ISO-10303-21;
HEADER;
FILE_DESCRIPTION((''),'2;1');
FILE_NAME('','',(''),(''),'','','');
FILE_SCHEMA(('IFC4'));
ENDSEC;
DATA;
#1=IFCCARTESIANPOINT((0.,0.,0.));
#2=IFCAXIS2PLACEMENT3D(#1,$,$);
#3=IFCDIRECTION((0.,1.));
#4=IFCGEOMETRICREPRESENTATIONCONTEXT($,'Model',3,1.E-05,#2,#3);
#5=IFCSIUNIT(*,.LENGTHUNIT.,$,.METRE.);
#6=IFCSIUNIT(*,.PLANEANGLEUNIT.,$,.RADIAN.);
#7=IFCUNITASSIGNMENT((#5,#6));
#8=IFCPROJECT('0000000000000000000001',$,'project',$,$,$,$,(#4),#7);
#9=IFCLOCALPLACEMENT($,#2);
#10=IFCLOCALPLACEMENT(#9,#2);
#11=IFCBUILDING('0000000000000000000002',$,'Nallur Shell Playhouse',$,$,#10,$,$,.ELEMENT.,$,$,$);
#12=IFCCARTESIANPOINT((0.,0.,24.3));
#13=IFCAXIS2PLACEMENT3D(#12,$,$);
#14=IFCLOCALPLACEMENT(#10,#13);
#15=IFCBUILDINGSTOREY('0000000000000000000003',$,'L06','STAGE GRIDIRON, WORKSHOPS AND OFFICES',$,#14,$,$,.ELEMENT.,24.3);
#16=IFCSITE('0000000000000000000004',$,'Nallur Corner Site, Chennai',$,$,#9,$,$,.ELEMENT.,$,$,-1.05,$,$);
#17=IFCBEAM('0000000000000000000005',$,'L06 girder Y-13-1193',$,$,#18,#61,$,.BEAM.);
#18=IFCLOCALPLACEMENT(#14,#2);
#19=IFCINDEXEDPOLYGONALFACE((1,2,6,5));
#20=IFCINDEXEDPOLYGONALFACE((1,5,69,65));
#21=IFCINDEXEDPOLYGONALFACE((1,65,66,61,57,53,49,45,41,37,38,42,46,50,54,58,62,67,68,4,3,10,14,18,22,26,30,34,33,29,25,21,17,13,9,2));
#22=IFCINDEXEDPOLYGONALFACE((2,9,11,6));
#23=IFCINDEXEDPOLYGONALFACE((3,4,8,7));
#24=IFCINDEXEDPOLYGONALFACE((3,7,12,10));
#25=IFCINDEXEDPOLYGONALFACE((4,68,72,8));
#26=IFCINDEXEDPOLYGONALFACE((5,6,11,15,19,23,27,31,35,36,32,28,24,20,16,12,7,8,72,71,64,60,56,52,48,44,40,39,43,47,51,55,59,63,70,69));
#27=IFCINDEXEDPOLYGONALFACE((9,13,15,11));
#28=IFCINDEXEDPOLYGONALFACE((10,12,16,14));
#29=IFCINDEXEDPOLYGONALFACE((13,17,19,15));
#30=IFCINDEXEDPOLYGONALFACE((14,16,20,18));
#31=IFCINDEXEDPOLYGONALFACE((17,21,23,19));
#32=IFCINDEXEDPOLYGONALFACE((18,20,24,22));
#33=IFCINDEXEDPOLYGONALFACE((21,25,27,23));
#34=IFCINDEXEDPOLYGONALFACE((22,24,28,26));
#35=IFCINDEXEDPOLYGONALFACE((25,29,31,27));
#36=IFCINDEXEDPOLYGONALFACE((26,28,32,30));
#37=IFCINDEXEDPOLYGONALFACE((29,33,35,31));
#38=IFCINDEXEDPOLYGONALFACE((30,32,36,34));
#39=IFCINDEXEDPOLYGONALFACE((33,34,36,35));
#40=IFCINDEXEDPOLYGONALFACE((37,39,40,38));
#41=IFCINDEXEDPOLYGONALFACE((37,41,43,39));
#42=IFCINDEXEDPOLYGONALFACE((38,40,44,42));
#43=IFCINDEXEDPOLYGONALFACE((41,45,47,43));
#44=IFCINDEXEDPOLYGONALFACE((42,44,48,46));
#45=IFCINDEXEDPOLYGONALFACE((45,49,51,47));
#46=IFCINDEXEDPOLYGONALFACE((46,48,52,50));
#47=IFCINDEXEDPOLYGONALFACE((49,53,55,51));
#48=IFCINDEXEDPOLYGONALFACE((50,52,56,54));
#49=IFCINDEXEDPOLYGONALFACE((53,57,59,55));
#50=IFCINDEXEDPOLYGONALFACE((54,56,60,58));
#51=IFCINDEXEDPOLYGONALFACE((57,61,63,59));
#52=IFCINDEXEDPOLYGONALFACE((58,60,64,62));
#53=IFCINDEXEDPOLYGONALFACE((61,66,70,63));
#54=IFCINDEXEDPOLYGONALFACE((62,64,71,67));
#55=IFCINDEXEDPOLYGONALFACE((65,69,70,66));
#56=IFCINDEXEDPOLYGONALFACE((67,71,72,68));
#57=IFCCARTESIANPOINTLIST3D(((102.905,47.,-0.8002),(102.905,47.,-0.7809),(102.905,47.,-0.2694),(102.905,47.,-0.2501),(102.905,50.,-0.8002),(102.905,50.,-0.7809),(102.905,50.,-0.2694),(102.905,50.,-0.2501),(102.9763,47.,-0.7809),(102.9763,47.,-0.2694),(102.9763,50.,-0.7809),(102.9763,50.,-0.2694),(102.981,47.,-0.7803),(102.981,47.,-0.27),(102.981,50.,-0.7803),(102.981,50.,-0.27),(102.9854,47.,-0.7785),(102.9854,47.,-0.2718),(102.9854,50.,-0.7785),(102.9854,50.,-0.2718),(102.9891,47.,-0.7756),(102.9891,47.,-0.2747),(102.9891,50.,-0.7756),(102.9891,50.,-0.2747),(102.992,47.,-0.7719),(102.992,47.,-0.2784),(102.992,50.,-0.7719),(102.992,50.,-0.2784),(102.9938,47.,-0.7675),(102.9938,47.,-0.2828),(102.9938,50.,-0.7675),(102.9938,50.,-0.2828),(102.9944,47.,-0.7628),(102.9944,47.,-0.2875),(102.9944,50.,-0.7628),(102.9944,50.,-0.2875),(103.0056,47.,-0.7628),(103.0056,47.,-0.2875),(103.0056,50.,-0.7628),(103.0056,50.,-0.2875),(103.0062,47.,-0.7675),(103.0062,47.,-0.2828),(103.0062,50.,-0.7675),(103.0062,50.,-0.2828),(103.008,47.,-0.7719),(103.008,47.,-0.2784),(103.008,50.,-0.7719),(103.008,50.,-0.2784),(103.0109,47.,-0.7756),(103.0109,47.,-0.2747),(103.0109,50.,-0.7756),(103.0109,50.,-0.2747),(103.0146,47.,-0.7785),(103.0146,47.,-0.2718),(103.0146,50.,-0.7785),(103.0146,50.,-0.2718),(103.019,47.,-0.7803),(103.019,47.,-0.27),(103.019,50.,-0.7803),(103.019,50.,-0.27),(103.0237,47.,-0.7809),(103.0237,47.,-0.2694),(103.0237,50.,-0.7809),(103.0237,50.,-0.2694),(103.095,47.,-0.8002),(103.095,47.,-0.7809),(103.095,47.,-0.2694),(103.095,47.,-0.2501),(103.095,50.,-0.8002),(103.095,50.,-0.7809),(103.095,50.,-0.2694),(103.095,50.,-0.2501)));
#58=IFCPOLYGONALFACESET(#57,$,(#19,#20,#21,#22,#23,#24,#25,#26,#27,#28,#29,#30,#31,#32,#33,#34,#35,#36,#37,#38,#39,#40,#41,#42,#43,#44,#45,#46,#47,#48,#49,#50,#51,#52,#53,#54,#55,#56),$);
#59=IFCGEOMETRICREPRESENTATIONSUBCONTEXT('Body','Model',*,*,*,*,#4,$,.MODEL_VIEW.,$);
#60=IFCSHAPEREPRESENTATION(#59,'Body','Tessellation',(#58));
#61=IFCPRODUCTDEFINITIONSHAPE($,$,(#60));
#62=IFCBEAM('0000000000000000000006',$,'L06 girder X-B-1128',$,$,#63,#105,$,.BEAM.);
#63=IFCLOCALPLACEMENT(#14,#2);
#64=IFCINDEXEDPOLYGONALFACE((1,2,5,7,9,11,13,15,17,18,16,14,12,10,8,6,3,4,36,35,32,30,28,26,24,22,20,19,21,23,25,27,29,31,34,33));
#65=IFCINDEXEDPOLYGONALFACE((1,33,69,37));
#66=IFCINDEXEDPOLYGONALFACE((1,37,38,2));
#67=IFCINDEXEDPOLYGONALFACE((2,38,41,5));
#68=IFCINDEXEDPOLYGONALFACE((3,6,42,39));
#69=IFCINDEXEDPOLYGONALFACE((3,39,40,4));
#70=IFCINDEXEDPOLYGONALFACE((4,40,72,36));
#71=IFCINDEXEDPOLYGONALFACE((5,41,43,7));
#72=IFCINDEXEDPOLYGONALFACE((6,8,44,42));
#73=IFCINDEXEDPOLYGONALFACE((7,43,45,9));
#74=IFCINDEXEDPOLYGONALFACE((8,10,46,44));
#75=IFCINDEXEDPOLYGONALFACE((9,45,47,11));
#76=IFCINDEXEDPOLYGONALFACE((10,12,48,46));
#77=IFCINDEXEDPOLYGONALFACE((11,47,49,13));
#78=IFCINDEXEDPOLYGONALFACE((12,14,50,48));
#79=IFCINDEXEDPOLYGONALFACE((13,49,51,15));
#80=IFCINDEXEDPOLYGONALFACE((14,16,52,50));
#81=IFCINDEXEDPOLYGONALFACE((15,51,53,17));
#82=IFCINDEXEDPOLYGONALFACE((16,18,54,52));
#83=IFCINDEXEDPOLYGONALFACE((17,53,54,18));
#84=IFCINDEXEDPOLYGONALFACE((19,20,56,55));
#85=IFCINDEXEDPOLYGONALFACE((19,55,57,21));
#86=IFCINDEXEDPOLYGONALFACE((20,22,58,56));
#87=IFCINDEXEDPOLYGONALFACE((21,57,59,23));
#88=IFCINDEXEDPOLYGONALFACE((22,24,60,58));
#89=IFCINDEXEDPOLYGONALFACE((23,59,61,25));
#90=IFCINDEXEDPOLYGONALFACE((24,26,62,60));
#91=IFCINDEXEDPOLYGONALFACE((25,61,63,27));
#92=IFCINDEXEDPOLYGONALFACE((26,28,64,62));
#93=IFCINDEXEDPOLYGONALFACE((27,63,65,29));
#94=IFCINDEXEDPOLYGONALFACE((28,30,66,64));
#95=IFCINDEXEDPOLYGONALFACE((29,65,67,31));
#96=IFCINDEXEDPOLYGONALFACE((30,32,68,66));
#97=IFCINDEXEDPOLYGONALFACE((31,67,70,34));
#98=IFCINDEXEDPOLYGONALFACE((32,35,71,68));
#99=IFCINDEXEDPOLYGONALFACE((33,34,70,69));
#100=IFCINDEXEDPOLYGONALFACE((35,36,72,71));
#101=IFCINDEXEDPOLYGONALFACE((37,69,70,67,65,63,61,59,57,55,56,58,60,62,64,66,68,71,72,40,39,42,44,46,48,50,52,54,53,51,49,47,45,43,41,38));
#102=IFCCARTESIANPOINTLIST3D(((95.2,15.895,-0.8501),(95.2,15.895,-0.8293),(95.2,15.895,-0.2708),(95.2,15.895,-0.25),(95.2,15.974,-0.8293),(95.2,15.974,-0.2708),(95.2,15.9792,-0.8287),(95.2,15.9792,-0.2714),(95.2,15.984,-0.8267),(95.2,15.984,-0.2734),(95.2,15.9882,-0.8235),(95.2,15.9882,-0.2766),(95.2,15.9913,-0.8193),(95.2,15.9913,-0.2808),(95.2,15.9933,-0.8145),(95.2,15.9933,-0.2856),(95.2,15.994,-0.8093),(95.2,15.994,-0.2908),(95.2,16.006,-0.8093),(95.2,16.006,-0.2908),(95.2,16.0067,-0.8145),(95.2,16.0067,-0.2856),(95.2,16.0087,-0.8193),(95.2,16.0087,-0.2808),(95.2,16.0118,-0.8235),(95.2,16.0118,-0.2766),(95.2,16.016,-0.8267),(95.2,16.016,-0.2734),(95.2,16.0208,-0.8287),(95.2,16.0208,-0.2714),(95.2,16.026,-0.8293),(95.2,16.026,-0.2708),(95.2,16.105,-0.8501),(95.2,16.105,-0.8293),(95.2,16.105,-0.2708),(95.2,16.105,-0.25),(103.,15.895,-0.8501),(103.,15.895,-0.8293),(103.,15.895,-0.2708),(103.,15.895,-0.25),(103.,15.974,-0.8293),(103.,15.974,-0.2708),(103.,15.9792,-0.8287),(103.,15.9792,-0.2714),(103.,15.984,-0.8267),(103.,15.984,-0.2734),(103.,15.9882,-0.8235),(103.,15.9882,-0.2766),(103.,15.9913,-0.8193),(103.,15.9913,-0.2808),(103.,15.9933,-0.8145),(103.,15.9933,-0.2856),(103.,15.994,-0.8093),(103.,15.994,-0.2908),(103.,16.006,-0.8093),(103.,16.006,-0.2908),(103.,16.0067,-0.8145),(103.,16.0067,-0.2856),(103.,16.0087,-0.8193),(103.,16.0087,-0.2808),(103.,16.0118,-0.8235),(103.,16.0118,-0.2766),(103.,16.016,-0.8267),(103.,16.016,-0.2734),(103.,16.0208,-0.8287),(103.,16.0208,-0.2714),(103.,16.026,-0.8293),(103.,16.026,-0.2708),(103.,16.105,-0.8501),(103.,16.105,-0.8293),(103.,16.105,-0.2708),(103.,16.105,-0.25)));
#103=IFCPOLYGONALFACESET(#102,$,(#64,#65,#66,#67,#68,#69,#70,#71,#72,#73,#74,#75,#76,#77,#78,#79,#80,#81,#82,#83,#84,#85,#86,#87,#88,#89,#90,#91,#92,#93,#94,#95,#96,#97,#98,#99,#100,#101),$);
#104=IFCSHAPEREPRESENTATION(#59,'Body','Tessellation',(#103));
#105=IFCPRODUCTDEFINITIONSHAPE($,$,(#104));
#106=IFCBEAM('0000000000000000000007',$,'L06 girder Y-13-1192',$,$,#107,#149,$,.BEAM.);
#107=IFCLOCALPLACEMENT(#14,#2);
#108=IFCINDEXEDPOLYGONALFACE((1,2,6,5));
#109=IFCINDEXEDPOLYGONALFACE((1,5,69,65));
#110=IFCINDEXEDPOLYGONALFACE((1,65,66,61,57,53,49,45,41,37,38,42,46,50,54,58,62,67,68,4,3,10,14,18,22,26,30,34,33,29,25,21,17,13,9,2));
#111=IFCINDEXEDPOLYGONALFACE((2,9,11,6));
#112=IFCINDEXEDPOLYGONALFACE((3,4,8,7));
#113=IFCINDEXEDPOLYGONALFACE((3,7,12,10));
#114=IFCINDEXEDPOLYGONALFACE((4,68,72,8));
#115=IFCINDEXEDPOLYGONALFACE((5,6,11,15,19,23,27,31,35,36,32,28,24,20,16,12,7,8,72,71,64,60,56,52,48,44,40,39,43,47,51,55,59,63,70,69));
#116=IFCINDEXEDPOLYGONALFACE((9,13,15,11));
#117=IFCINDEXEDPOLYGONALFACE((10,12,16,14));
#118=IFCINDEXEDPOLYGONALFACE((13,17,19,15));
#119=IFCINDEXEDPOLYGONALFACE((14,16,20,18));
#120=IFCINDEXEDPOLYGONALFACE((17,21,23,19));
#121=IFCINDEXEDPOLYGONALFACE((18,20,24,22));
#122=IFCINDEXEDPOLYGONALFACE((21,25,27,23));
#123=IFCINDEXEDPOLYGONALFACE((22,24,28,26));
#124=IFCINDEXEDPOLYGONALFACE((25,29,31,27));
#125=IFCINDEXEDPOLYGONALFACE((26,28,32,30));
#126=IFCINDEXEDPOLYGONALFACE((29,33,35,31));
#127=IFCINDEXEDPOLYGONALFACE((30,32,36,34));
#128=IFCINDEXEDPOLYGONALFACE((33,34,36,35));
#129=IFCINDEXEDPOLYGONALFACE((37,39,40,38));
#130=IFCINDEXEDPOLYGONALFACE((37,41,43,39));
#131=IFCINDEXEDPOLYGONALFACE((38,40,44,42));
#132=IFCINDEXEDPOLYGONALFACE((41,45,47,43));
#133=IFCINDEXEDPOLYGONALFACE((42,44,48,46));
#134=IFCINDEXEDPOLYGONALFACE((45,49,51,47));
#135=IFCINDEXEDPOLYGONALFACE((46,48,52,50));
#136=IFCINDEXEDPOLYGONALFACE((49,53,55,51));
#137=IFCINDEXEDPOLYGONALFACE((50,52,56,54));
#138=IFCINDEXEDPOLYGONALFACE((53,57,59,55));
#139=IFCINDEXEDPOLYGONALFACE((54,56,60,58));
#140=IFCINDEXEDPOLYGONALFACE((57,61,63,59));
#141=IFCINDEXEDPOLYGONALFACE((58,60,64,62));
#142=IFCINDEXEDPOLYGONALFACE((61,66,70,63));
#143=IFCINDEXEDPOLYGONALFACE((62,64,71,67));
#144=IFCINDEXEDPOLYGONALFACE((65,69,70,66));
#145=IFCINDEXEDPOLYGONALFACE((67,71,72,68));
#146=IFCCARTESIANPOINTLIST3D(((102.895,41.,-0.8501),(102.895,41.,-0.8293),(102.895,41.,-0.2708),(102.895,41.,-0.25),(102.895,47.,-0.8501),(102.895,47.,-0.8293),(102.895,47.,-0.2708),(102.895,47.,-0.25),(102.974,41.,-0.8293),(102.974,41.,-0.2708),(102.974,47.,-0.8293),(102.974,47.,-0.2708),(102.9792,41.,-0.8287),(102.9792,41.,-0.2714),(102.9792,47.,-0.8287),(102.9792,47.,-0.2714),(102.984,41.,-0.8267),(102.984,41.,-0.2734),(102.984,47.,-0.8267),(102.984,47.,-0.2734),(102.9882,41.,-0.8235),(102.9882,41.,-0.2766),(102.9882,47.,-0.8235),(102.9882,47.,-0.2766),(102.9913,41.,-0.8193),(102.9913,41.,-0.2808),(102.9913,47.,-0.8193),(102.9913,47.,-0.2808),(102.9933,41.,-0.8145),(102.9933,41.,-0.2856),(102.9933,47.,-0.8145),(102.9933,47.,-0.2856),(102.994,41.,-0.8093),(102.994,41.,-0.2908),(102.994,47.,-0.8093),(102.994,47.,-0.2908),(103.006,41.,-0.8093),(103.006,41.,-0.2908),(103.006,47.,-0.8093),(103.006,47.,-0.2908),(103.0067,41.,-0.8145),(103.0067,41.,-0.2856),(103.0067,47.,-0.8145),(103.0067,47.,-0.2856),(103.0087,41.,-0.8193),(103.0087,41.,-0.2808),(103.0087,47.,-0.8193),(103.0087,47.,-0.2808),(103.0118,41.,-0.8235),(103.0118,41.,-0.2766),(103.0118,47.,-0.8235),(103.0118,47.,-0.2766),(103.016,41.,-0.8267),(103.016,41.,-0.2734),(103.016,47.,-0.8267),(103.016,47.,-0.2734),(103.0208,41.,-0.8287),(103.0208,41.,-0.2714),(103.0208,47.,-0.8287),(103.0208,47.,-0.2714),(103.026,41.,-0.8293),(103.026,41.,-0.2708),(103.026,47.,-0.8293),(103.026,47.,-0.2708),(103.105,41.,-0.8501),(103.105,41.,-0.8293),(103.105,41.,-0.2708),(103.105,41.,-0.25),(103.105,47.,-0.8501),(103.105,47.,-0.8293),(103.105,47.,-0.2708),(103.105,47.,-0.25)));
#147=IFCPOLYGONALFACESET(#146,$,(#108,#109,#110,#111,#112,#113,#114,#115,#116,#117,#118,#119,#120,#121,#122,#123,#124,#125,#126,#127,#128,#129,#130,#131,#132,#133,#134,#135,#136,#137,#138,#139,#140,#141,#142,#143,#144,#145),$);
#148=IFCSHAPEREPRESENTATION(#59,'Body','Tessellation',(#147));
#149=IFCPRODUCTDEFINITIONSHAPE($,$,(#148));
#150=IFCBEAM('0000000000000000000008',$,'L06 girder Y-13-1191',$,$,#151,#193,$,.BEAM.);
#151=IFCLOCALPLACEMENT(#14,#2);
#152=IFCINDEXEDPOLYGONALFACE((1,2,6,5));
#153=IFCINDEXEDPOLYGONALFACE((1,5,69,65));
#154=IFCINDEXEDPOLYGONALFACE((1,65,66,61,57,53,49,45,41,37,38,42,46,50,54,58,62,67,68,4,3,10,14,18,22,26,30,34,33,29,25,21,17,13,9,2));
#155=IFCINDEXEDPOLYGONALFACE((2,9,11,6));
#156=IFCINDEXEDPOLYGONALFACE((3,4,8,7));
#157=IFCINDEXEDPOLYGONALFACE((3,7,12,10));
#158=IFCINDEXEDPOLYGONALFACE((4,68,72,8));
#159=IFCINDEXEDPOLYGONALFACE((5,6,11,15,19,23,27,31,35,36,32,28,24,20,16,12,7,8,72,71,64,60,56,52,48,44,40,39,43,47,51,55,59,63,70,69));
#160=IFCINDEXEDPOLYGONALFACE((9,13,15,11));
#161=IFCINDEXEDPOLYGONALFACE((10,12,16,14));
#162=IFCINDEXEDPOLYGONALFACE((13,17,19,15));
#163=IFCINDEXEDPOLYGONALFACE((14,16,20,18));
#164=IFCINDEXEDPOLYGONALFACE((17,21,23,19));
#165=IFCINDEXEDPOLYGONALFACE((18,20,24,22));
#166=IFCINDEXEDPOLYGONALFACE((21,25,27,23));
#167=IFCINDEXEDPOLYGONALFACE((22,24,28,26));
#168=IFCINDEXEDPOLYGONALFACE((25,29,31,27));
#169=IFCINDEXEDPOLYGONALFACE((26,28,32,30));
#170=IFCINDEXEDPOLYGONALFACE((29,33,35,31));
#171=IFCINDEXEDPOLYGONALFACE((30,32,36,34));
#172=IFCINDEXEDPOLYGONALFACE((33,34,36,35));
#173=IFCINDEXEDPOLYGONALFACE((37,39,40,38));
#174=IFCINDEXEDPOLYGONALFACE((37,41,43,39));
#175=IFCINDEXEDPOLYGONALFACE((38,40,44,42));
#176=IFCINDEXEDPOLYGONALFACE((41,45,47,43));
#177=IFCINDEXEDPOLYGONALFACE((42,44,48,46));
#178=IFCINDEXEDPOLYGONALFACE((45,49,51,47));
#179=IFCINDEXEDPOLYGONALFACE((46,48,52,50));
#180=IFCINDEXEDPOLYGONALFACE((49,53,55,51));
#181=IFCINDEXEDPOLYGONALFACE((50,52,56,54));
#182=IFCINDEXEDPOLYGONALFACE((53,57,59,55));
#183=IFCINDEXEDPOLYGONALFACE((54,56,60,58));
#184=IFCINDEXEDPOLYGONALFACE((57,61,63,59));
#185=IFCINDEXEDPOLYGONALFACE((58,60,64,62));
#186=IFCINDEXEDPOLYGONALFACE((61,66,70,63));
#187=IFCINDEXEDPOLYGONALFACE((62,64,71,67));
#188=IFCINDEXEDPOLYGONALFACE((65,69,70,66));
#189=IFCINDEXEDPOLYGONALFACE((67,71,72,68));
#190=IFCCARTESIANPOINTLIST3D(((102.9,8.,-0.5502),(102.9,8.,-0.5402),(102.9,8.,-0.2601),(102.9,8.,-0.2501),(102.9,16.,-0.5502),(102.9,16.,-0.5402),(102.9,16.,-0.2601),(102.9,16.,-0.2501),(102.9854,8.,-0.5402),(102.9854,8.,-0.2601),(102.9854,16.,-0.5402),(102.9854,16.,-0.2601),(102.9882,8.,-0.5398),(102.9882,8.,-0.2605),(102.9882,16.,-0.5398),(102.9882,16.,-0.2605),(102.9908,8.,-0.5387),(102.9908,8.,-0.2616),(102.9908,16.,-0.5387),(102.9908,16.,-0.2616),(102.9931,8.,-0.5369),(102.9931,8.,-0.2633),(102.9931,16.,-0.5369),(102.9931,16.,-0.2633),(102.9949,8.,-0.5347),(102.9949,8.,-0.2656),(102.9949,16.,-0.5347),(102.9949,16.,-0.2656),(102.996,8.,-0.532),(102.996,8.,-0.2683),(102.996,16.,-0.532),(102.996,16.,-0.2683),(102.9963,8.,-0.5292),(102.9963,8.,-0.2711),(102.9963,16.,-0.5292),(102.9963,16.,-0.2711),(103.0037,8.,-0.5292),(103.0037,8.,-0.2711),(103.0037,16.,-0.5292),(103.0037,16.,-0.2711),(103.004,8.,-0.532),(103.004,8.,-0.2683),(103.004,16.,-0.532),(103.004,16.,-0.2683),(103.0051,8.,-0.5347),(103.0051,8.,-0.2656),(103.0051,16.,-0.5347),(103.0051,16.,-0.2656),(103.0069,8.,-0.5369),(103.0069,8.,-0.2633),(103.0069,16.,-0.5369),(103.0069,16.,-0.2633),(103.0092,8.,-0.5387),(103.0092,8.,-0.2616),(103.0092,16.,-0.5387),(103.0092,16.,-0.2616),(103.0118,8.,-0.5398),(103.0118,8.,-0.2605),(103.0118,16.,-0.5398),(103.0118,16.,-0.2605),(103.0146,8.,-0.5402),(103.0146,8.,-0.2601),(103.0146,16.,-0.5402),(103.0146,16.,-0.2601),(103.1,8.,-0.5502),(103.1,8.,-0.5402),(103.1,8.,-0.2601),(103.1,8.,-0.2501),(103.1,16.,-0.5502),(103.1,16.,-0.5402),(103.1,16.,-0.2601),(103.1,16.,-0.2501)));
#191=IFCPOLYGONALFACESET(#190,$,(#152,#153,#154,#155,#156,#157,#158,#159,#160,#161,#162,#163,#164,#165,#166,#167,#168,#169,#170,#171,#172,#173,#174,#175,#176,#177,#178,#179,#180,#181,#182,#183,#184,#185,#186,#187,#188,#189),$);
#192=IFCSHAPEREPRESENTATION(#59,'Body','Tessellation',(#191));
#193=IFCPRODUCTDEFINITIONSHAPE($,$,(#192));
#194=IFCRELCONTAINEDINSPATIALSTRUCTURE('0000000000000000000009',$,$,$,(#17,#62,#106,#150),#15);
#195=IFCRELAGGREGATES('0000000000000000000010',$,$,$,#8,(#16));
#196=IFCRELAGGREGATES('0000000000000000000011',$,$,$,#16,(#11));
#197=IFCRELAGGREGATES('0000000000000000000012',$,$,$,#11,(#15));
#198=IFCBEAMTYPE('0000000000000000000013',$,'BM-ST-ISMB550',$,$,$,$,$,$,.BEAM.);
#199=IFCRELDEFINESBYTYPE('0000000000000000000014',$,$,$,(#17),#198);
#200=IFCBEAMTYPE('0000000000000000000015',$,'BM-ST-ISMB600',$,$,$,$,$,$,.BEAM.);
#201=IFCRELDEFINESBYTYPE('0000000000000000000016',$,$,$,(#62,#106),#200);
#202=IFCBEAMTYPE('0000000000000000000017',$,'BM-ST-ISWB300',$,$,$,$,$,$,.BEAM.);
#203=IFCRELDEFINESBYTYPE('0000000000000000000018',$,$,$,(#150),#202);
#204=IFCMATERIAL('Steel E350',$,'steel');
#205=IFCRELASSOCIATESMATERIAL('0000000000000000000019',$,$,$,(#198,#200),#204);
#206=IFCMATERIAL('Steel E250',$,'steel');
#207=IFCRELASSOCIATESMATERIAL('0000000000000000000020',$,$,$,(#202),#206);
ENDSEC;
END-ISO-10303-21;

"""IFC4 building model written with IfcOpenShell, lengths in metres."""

from ifc_helpers import new_model, si_unit, direction, frame, origin, origin_2d, place, context, subcontext, project, spatial, i_section, extrude, material, material_profile, profile_set, type_object, element, save


model = new_model("IFC4")

# Units and contexts
model_context = context("Model", 3, precision=1e-05, world=origin(), true_north=direction((0.0, 1.0)))
body_context = subcontext(model_context, "Body", "Model", "MODEL_VIEW")
ifc_project = project(units=[si_unit("LENGTHUNIT", "METRE"), si_unit("PLANEANGLEUNIT", "RADIAN")], contexts=[model_context])

# Site, building, storey
site_placement = place(None, origin())
site = spatial("IfcSite", under=ifc_project, at=site_placement, Name="Nallur Corner Site, Chennai", CompositionType="ELEMENT", RefElevation=-1.05)
building_placement = place(site_placement, origin())
building = spatial("IfcBuilding", under=site, at=building_placement, Name="Nallur Shell Playhouse", CompositionType="ELEMENT")
storey_placement = place(building_placement, frame((0.0, 0.0, 24.3)))
storey = spatial("IfcBuildingStorey", under=building, at=storey_placement, Name="L06", Description="STAGE GRIDIRON, WORKSHOPS AND OFFICES", CompositionType="ELEMENT", Elevation=24.3)

# Shared definitions
ifc_material_1 = material(Name="Steel E350", Category="steel")

# Beams
ifc_material_profile_1 = material_profile(ifc_material_1, i_section(OverallWidth=0.1899, OverallDepth=0.55, WebThickness=0.0112, FlangeThickness=0.0193, FilletRadius=0.0181, at=origin_2d()), Name="ISMB 550")
ifc_profile_set_1 = profile_set([ifc_material_profile_1], Name="Steel E350")
beam_type_1 = type_object("IfcBeamType", Name="BM-ST-ISMB550", PredefinedType="BEAM", material=ifc_profile_set_1)
beam_1_placement = place(storey_placement, frame((103.0, 47.0, -0.5251), z_axis=(0.0, 1.0, 0.0), x_axis=(-1.0, 0.0, 0.0)))
element("IfcBeam", 1, at=beam_1_placement, inside=storey, type_object=beam_type_1, Name="L06 girder Y-13-1193", PredefinedType="BEAM", context=body_context, shape_type="SweptSolid", body=[
    extrude(i_section(OverallWidth=0.1899, OverallDepth=0.55, WebThickness=0.0112, FlangeThickness=0.0193, FilletRadius=0.0181, at=origin_2d()), origin(), (0.0, 0.0, 1.0), 3.0),
])
ifc_material_profile_2 = material_profile(ifc_material_1, i_section(OverallWidth=0.21, OverallDepth=0.6001, WebThickness=0.012, FlangeThickness=0.0208, FilletRadius=0.02, at=origin_2d()), Name="ISMB 600")
ifc_profile_set_2 = profile_set([ifc_material_profile_2], Name="Steel E350")
beam_type_2 = type_object("IfcBeamType", Name="BM-ST-ISMB600", PredefinedType="BEAM", material=ifc_profile_set_2)
beam_2_placement = place(storey_placement, frame((95.2, 16.0, -0.55), z_axis=(1.0, 0.0, 0.0), x_axis=(0.0, 1.0, 0.0)))
element("IfcBeam", 2, at=beam_2_placement, inside=storey, type_object=beam_type_2, Name="L06 girder X-B-1128", PredefinedType="BEAM", context=body_context, shape_type="SweptSolid", body=[
    extrude(i_section(OverallWidth=0.21, OverallDepth=0.6001, WebThickness=0.012, FlangeThickness=0.0208, FilletRadius=0.02, at=origin_2d()), origin(), (0.0, 0.0, 1.0), 7.8),
])
beam_3_placement = place(storey_placement, frame((103.0, 41.0, -0.55), z_axis=(0.0, 1.0, 0.0), x_axis=(-1.0, 0.0, 0.0)))
element("IfcBeam", 3, at=beam_3_placement, inside=storey, type_object=beam_type_2, Name="L06 girder Y-13-1192", PredefinedType="BEAM", context=body_context, shape_type="SweptSolid", body=[
    extrude(i_section(OverallWidth=0.21, OverallDepth=0.6001, WebThickness=0.012, FlangeThickness=0.0208, FilletRadius=0.02, at=origin_2d()), origin(), (0.0, 0.0, 1.0), 6.0),
])
ifc_material_2 = material(Name="Steel E250", Category="steel")
ifc_material_profile_3 = material_profile(ifc_material_2, i_section(OverallWidth=0.2, OverallDepth=0.3, WebThickness=0.0073, FlangeThickness=0.01, FilletRadius=0.011, at=origin_2d()), Name="ISWB 300")
ifc_profile_set_3 = profile_set([ifc_material_profile_3], Name="Steel E250")
beam_type_3 = type_object("IfcBeamType", Name="BM-ST-ISWB300", PredefinedType="BEAM", material=ifc_profile_set_3)
beam_4_placement = place(storey_placement, frame((103.0, 8.0, -0.4001), z_axis=(0.0, 1.0, 0.0), x_axis=(-1.0, 0.0, 0.0)))
element("IfcBeam", 4, at=beam_4_placement, inside=storey, type_object=beam_type_3, Name="L06 girder Y-13-1191", PredefinedType="BEAM", context=body_context, shape_type="SweptSolid", body=[
    extrude(i_section(OverallWidth=0.2, OverallDepth=0.3, WebThickness=0.0073, FlangeThickness=0.01, FilletRadius=0.011, at=origin_2d()), origin(), (0.0, 0.0, 1.0), 8.0),
])

save(model, "model.ifc")
